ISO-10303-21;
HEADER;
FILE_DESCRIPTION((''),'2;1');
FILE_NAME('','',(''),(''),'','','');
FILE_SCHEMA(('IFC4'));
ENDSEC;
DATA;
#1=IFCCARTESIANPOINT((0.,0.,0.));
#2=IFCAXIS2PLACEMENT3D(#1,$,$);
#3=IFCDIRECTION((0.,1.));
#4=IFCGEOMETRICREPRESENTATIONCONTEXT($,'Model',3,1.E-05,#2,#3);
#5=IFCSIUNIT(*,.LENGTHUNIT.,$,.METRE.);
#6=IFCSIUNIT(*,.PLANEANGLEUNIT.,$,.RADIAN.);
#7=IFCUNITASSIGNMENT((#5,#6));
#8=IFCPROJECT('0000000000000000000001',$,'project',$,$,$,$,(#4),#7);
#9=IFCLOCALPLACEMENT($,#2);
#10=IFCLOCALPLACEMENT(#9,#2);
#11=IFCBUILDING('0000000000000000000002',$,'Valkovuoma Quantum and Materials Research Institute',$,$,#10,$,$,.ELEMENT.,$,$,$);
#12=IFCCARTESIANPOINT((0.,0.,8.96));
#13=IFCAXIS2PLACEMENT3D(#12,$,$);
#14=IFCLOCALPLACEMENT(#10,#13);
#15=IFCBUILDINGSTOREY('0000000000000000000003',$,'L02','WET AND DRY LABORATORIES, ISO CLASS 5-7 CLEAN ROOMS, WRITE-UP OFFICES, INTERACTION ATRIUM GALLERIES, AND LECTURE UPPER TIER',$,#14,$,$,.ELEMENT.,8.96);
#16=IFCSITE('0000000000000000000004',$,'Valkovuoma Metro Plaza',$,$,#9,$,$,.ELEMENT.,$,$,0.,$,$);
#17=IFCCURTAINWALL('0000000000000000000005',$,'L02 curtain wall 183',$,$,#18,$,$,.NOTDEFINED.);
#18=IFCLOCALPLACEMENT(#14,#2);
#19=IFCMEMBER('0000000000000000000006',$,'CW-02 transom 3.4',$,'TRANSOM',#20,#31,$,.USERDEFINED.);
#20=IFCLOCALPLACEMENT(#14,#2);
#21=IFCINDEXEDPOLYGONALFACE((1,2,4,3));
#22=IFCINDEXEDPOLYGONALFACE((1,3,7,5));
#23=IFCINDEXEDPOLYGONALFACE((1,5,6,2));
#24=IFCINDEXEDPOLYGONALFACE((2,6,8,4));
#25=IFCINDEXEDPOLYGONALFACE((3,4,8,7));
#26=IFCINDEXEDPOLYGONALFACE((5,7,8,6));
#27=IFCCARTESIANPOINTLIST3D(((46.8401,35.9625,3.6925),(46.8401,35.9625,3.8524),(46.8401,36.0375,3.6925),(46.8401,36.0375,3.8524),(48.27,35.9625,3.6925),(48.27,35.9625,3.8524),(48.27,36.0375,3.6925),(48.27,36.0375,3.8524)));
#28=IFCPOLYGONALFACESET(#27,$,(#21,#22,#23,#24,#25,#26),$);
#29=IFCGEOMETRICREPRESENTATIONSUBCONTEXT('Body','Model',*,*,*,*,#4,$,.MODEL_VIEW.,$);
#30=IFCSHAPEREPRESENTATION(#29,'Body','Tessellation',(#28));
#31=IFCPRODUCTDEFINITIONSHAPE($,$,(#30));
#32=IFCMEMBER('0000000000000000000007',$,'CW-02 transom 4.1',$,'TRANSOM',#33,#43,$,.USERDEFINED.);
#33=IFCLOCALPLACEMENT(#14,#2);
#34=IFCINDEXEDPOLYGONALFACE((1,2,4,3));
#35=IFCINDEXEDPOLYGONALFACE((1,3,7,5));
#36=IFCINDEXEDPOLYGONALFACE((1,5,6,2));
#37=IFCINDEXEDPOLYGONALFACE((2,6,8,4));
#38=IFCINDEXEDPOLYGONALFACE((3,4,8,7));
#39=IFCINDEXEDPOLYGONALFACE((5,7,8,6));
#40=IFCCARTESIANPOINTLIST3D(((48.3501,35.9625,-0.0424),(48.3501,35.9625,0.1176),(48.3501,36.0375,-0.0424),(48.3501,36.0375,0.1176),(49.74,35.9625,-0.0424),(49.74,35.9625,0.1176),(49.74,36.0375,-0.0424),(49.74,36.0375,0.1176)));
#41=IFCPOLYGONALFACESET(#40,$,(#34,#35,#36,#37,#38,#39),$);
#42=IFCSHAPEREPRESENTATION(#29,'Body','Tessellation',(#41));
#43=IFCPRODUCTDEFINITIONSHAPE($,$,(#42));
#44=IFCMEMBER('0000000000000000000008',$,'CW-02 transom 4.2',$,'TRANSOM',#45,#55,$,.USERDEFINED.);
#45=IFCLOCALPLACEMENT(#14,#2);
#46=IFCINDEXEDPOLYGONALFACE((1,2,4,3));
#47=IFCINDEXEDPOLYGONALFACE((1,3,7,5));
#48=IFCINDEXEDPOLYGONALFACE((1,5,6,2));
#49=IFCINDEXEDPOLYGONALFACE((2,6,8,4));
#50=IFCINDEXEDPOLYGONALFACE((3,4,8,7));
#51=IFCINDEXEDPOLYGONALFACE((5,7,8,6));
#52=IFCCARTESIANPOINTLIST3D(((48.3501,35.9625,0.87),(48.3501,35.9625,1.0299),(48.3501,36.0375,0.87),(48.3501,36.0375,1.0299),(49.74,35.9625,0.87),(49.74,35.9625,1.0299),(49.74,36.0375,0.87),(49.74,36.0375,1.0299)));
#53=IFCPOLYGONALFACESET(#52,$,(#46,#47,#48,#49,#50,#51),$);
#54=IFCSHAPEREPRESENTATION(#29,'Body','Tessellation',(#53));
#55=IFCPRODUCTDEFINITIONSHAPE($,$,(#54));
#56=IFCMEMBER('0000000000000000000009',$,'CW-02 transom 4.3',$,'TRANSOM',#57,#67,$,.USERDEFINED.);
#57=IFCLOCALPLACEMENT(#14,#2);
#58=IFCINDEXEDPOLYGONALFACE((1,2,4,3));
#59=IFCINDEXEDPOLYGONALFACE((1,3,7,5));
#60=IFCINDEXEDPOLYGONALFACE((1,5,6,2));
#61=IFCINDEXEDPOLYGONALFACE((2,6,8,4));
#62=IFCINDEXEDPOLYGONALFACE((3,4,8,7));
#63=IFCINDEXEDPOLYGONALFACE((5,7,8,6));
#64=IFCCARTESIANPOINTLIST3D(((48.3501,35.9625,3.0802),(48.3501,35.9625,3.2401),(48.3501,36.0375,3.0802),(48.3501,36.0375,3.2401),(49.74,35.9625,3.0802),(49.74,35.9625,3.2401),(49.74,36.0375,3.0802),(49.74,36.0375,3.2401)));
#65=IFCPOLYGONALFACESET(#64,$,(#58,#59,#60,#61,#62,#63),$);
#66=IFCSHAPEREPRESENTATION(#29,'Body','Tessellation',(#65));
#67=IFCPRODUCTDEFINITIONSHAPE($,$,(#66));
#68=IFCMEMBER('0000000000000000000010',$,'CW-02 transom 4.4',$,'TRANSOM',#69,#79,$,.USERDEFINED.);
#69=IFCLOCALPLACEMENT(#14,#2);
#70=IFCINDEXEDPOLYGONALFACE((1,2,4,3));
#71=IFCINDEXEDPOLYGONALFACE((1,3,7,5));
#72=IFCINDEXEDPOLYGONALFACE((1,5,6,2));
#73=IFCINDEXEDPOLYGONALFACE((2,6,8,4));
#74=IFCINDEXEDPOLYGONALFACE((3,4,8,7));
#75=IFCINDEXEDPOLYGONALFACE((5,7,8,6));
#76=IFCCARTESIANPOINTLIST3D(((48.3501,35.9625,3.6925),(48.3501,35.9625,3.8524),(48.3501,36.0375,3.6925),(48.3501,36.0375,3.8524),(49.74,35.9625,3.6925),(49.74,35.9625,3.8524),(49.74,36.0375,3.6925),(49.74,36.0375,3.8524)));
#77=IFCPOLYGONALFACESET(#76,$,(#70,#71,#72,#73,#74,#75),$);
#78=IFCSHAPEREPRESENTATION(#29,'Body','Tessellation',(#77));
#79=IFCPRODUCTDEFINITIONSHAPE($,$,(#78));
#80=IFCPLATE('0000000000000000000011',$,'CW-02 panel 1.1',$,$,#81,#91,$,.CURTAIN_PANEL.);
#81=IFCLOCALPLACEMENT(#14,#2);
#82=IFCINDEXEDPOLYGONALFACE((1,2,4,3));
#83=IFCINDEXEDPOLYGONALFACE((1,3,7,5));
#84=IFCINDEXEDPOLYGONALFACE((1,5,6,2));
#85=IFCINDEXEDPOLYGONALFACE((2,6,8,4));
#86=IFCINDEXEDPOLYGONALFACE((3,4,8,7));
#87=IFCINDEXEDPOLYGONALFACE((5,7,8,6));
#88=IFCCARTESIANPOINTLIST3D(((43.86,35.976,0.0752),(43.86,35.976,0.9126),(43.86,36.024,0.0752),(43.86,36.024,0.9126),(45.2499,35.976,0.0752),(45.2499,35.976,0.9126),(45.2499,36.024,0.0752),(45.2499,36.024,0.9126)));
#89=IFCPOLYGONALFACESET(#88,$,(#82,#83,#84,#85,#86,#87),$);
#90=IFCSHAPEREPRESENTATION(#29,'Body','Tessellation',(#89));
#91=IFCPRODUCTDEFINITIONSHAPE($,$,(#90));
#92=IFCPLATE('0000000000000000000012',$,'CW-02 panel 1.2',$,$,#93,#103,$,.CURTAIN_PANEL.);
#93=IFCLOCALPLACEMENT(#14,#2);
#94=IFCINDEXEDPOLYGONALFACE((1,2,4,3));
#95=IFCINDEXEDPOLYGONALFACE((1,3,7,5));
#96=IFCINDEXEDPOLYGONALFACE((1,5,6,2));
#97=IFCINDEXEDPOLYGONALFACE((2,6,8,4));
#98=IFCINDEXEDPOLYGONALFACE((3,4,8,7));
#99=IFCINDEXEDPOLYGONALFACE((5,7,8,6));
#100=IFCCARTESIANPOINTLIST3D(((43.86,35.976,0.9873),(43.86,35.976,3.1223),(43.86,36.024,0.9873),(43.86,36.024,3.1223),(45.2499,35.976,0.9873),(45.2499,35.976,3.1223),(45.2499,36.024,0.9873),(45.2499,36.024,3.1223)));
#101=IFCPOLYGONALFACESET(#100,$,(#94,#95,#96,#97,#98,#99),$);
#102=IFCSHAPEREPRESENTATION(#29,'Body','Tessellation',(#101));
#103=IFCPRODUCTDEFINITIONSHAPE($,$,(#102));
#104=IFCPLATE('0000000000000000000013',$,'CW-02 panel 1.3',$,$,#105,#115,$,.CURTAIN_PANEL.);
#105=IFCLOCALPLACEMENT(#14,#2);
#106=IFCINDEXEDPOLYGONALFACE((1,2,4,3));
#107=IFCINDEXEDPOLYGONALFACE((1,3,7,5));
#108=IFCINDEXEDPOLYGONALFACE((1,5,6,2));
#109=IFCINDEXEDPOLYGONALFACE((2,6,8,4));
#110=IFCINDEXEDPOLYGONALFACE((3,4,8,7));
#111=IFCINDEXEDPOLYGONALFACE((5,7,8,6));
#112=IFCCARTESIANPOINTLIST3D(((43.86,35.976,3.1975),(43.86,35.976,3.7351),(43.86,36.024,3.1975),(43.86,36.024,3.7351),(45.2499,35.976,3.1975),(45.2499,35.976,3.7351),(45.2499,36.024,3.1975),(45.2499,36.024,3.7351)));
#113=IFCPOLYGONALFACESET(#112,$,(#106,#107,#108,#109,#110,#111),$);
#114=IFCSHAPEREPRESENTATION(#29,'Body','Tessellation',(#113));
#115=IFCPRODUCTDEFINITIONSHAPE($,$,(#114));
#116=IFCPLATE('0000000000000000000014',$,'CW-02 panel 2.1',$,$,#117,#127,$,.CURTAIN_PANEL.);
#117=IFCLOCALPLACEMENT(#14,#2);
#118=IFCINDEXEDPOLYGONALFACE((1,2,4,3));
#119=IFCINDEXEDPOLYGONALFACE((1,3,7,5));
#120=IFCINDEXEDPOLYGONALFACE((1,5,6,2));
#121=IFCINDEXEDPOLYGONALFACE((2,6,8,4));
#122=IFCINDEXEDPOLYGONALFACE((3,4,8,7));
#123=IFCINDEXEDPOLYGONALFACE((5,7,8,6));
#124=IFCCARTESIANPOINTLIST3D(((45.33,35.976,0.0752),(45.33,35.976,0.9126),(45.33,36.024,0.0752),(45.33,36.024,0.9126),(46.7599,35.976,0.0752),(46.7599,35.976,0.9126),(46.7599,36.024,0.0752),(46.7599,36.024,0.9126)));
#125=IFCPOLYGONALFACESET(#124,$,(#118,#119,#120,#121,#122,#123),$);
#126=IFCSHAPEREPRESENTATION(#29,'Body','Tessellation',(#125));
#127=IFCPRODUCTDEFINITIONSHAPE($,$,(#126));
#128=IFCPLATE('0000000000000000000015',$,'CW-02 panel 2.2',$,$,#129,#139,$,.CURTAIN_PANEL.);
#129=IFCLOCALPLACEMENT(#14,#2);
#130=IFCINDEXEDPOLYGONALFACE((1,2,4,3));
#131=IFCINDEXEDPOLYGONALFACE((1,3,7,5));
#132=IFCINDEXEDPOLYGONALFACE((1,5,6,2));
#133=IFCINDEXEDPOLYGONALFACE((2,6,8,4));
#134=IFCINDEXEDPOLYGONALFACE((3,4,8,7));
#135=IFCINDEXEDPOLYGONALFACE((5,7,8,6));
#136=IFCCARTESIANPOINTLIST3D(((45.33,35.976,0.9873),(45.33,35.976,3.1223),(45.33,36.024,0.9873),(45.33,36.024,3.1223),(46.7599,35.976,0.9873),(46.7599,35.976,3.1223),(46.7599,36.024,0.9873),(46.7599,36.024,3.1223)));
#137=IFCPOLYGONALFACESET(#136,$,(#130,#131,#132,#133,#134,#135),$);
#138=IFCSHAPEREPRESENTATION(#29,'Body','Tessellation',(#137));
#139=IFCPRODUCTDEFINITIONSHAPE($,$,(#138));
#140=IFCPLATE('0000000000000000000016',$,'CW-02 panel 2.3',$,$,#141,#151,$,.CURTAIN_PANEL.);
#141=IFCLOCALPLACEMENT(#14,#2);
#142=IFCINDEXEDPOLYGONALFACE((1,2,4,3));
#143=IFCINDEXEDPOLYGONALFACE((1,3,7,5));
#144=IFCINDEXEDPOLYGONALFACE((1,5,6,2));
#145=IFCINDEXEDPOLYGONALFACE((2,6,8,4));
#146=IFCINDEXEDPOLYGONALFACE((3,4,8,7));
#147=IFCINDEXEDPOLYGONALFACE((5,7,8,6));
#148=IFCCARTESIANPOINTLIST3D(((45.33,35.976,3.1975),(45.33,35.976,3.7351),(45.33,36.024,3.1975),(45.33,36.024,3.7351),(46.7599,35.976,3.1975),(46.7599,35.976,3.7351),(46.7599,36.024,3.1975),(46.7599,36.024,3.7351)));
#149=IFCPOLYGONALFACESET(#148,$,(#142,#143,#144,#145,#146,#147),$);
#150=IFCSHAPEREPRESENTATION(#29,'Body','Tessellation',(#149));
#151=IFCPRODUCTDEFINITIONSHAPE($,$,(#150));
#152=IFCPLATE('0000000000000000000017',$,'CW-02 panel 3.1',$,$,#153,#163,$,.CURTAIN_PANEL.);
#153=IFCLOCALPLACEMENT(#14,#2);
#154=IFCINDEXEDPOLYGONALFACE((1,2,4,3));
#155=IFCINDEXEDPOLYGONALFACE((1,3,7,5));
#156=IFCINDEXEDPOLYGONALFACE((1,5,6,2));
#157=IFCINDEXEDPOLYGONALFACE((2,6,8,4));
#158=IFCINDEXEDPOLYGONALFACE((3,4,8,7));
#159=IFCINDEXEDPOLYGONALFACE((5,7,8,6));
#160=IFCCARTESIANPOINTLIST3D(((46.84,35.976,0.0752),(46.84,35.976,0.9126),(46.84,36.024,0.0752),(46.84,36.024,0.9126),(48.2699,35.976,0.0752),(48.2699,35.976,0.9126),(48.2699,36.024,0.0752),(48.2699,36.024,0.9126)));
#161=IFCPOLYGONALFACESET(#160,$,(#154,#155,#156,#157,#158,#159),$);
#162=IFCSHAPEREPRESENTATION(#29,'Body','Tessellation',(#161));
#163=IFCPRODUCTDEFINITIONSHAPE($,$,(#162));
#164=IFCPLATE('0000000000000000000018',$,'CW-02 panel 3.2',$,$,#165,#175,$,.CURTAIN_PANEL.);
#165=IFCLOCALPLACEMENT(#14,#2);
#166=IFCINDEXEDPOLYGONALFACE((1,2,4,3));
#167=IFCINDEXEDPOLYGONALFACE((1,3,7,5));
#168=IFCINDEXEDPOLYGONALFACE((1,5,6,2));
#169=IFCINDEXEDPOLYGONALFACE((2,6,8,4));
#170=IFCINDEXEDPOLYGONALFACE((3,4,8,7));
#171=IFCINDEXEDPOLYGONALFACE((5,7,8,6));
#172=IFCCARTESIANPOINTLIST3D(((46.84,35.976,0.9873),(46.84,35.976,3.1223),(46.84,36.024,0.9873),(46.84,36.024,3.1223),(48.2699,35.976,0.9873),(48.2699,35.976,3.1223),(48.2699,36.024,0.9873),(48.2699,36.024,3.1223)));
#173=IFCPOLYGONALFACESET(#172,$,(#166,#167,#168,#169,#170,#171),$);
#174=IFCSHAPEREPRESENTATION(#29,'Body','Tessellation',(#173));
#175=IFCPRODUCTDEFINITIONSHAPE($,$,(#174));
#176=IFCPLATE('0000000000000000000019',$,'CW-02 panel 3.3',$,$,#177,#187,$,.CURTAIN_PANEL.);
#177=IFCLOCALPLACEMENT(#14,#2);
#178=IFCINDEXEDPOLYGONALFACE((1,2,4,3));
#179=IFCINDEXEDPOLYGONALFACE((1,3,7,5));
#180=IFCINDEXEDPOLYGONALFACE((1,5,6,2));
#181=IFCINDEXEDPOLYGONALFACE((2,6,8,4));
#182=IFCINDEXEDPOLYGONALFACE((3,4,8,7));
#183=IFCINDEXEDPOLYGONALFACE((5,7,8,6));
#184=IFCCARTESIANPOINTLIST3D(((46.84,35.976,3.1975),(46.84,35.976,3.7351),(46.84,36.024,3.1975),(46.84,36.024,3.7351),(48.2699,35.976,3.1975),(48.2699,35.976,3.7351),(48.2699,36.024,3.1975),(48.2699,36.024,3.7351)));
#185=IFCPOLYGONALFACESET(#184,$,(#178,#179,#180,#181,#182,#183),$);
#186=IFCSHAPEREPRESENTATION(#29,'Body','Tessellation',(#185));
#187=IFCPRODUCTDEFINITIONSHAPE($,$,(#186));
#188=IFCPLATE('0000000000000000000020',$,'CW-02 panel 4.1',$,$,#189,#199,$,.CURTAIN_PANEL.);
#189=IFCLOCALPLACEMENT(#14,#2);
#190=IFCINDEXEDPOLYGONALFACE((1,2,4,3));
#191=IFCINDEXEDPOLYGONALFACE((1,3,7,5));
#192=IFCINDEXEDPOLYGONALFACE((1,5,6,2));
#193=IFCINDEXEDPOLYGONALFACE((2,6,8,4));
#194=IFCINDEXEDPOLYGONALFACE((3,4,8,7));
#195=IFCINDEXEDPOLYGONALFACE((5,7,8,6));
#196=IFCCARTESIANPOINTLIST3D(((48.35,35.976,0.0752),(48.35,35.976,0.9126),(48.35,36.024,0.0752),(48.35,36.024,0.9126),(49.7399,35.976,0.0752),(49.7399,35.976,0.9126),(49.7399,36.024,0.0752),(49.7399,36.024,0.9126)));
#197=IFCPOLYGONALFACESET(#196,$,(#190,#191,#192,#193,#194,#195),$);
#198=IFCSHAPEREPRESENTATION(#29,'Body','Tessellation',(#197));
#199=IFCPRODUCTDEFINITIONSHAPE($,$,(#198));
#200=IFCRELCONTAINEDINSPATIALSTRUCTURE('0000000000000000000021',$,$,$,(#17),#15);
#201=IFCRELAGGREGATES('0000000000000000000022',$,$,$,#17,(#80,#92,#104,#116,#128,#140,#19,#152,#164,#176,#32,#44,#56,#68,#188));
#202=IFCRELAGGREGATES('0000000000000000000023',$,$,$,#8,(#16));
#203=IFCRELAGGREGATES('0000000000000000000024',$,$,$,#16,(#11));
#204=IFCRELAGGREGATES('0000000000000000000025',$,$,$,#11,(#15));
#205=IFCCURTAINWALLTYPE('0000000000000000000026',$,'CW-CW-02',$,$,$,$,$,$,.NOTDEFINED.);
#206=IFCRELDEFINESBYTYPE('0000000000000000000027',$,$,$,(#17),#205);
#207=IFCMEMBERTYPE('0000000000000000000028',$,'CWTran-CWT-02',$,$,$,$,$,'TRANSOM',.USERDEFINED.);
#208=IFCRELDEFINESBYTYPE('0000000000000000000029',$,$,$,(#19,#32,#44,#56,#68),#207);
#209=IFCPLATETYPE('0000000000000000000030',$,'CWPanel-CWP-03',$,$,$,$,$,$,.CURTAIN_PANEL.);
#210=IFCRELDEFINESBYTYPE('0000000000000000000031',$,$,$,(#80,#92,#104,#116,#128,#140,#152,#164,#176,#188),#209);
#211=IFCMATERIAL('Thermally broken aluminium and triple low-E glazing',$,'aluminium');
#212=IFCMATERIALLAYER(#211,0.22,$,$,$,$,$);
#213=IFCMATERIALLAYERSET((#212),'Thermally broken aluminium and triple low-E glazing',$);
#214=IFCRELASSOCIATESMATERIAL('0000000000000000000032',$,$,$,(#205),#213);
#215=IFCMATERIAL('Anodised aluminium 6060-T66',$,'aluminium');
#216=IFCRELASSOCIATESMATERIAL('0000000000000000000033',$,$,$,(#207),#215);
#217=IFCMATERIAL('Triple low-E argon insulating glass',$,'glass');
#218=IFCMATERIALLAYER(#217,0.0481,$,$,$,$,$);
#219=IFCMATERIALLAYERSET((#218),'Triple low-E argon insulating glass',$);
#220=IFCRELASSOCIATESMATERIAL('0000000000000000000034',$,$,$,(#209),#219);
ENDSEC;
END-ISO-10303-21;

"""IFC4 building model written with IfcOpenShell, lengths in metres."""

from ifc_helpers import new_model, si_unit, direction, frame, origin, origin_2d, place, context, subcontext, project, spatial, rectangle, extrude, material, layer, layer_set, material_profile, profile_set, type_object, element, aggregate, save


model = new_model("IFC4")

# Units and contexts
model_context = context("Model", 3, precision=1e-05, world=origin(), true_north=direction((0.0, 1.0)))
body_context = subcontext(model_context, "Body", "Model", "MODEL_VIEW")
ifc_project = project(units=[si_unit("LENGTHUNIT", "METRE"), si_unit("PLANEANGLEUNIT", "RADIAN")], contexts=[model_context])

# Site, building, storey
site_placement = place(None, origin())
site = spatial("IfcSite", under=ifc_project, at=site_placement, Name="Valkovuoma Metro Plaza", CompositionType="ELEMENT", RefElevation=0.0)
building_placement = place(site_placement, origin())
building = spatial("IfcBuilding", under=site, at=building_placement, Name="Valkovuoma Quantum and Materials Research Institute", CompositionType="ELEMENT")
storey_placement = place(building_placement, frame((0.0, 0.0, 8.96)))
storey = spatial("IfcBuildingStorey", under=building, at=storey_placement, Name="L02", Description="WET AND DRY LABORATORIES, ISO CLASS 5-7 CLEAN ROOMS, WRITE-UP OFFICES, INTERACTION ATRIUM GALLERIES, AND LECTURE UPPER TIER", CompositionType="ELEMENT", Elevation=8.96)

# Curtain wall, members, plates
ifc_material_1 = material(Name="Thermally broken aluminium and triple low-E glazing", Category="aluminium")
ifc_layer_1 = layer(ifc_material_1, 0.22)
ifc_layer_set_1 = layer_set([ifc_layer_1], Name="Thermally broken aluminium and triple low-E glazing")
curtain_wall_type = type_object("IfcCurtainWallType", Name="CW-CW-02", PredefinedType="NOTDEFINED", material=ifc_layer_set_1)
curtain_wall_placement = place(storey_placement, origin())
curtain_wall = element("IfcCurtainWall", 1, at=curtain_wall_placement, inside=storey, type_object=curtain_wall_type, Name="L02 curtain wall 183", PredefinedType="NOTDEFINED")
ifc_material_2 = material(Name="Anodised aluminium 6060-T66", Category="aluminium")
ifc_material_profile_1 = material_profile(ifc_material_2, rectangle(XDim=0.075, YDim=0.1599, at=origin_2d()), Name="Anodised aluminium 6060-T66")
ifc_profile_set_1 = profile_set([ifc_material_profile_1], Name="Anodised aluminium 6060-T66")
member_type_1 = type_object("IfcMemberType", Name="CWTran-CWT-02", ElementType="TRANSOM", PredefinedType="USERDEFINED", material=ifc_profile_set_1)
member_1_placement = place(storey_placement, frame((46.8401, 36.0, 3.7725), z_axis=(1.0, 0.0, 0.0), x_axis=(0.0, 1.0, 0.0)))
member_1 = element("IfcMember", 2, at=member_1_placement, type_object=member_type_1, Name="CW-02 transom 3.4", ObjectType="TRANSOM", PredefinedType="USERDEFINED", context=body_context, shape_type="SweptSolid", body=[
    extrude(rectangle(XDim=0.075, YDim=0.1599, at=origin_2d()), origin(), (0.0, 0.0, 1.0), 1.4299),
])
member_2_placement = place(storey_placement, frame((48.3501, 36.0, 0.0376), z_axis=(1.0, 0.0, 0.0), x_axis=(0.0, 1.0, 0.0)))
member_2 = element("IfcMember", 3, at=member_2_placement, type_object=member_type_1, Name="CW-02 transom 4.1", ObjectType="TRANSOM", PredefinedType="USERDEFINED", context=body_context, shape_type="SweptSolid", body=[
    extrude(rectangle(XDim=0.075, YDim=0.1599, at=origin_2d()), origin(), (0.0, 0.0, 1.0), 1.3899),
])
member_3_placement = place(storey_placement, frame((48.3501, 36.0, 0.95), z_axis=(1.0, 0.0, 0.0), x_axis=(0.0, 1.0, 0.0)))
member_3 = element("IfcMember", 4, at=member_3_placement, type_object=member_type_1, Name="CW-02 transom 4.2", ObjectType="TRANSOM", PredefinedType="USERDEFINED", context=body_context, shape_type="SweptSolid", body=[
    extrude(rectangle(XDim=0.075, YDim=0.1599, at=origin_2d()), origin(), (0.0, 0.0, 1.0), 1.3899),
])
member_4_placement = place(storey_placement, frame((48.3501, 36.0, 3.1602), z_axis=(1.0, 0.0, 0.0), x_axis=(0.0, 1.0, 0.0)))
member_4 = element("IfcMember", 5, at=member_4_placement, type_object=member_type_1, Name="CW-02 transom 4.3", ObjectType="TRANSOM", PredefinedType="USERDEFINED", context=body_context, shape_type="SweptSolid", body=[
    extrude(rectangle(XDim=0.075, YDim=0.1599, at=origin_2d()), origin(), (0.0, 0.0, 1.0), 1.3899),
])
member_5_placement = place(storey_placement, frame((48.3501, 36.0, 3.7725), z_axis=(1.0, 0.0, 0.0), x_axis=(0.0, 1.0, 0.0)))
member_5 = element("IfcMember", 6, at=member_5_placement, type_object=member_type_1, Name="CW-02 transom 4.4", ObjectType="TRANSOM", PredefinedType="USERDEFINED", context=body_context, shape_type="SweptSolid", body=[
    extrude(rectangle(XDim=0.075, YDim=0.1599, at=origin_2d()), origin(), (0.0, 0.0, 1.0), 1.3899),
])
ifc_material_3 = material(Name="Triple low-E argon insulating glass", Category="glass")
ifc_layer_2 = layer(ifc_material_3, 0.0481)
ifc_layer_set_2 = layer_set([ifc_layer_2], Name="Triple low-E argon insulating glass")
plate_type_1 = type_object("IfcPlateType", Name="CWPanel-CWP-03", PredefinedType="CURTAIN_PANEL", material=ifc_layer_set_2)
plate_1_placement = place(storey_placement, frame((44.5549, 36.0, 0.0752), z_axis=(0.0, 0.0, 1.0), x_axis=(1.0, 0.0, 0.0)))
plate_1 = element("IfcPlate", 7, at=plate_1_placement, type_object=plate_type_1, Name="CW-02 panel 1.1", PredefinedType="CURTAIN_PANEL", context=body_context, shape_type="SweptSolid", body=[
    extrude(rectangle(XDim=1.3899, YDim=0.0481, at=origin_2d()), origin(), (0.0, 0.0, 1.0), 0.8374),
])
plate_2_placement = place(storey_placement, frame((44.5549, 36.0, 0.9873), z_axis=(0.0, 0.0, 1.0), x_axis=(1.0, 0.0, 0.0)))
plate_2 = element("IfcPlate", 8, at=plate_2_placement, type_object=plate_type_1, Name="CW-02 panel 1.2", PredefinedType="CURTAIN_PANEL", context=body_context, shape_type="SweptSolid", body=[
    extrude(rectangle(XDim=1.3899, YDim=0.0481, at=origin_2d()), origin(), (0.0, 0.0, 1.0), 2.135),
])
plate_3_placement = place(storey_placement, frame((44.5549, 36.0, 3.1975), z_axis=(0.0, 0.0, 1.0), x_axis=(1.0, 0.0, 0.0)))
plate_3 = element("IfcPlate", 9, at=plate_3_placement, type_object=plate_type_1, Name="CW-02 panel 1.3", PredefinedType="CURTAIN_PANEL", context=body_context, shape_type="SweptSolid", body=[
    extrude(rectangle(XDim=1.3899, YDim=0.0481, at=origin_2d()), origin(), (0.0, 0.0, 1.0), 0.5376),
])
plate_4_placement = place(storey_placement, frame((46.0449, 36.0, 0.0752), z_axis=(0.0, 0.0, 1.0), x_axis=(1.0, 0.0, 0.0)))
plate_4 = element("IfcPlate", 10, at=plate_4_placement, type_object=plate_type_1, Name="CW-02 panel 2.1", PredefinedType="CURTAIN_PANEL", context=body_context, shape_type="SweptSolid", body=[
    extrude(rectangle(XDim=1.4299, YDim=0.0481, at=origin_2d()), origin(), (0.0, 0.0, 1.0), 0.8374),
])
plate_5_placement = place(storey_placement, frame((46.0449, 36.0, 0.9873), z_axis=(0.0, 0.0, 1.0), x_axis=(1.0, 0.0, 0.0)))
plate_5 = element("IfcPlate", 11, at=plate_5_placement, type_object=plate_type_1, Name="CW-02 panel 2.2", PredefinedType="CURTAIN_PANEL", context=body_context, shape_type="SweptSolid", body=[
    extrude(rectangle(XDim=1.4299, YDim=0.0481, at=origin_2d()), origin(), (0.0, 0.0, 1.0), 2.135),
])
plate_6_placement = place(storey_placement, frame((46.0449, 36.0, 3.1975), z_axis=(0.0, 0.0, 1.0), x_axis=(1.0, 0.0, 0.0)))
plate_6 = element("IfcPlate", 12, at=plate_6_placement, type_object=plate_type_1, Name="CW-02 panel 2.3", PredefinedType="CURTAIN_PANEL", context=body_context, shape_type="SweptSolid", body=[
    extrude(rectangle(XDim=1.4299, YDim=0.0481, at=origin_2d()), origin(), (0.0, 0.0, 1.0), 0.5376),
])
plate_7_placement = place(storey_placement, frame((47.5549, 36.0, 0.0752), z_axis=(0.0, 0.0, 1.0), x_axis=(1.0, 0.0, 0.0)))
plate_7 = element("IfcPlate", 13, at=plate_7_placement, type_object=plate_type_1, Name="CW-02 panel 3.1", PredefinedType="CURTAIN_PANEL", context=body_context, shape_type="SweptSolid", body=[
    extrude(rectangle(XDim=1.4299, YDim=0.0481, at=origin_2d()), origin(), (0.0, 0.0, 1.0), 0.8374),
])
plate_8_placement = place(storey_placement, frame((47.5549, 36.0, 0.9873), z_axis=(0.0, 0.0, 1.0), x_axis=(1.0, 0.0, 0.0)))
plate_8 = element("IfcPlate", 14, at=plate_8_placement, type_object=plate_type_1, Name="CW-02 panel 3.2", PredefinedType="CURTAIN_PANEL", context=body_context, shape_type="SweptSolid", body=[
    extrude(rectangle(XDim=1.4299, YDim=0.0481, at=origin_2d()), origin(), (0.0, 0.0, 1.0), 2.135),
])
plate_9_placement = place(storey_placement, frame((47.5549, 36.0, 3.1975), z_axis=(0.0, 0.0, 1.0), x_axis=(1.0, 0.0, 0.0)))
plate_9 = element("IfcPlate", 15, at=plate_9_placement, type_object=plate_type_1, Name="CW-02 panel 3.3", PredefinedType="CURTAIN_PANEL", context=body_context, shape_type="SweptSolid", body=[
    extrude(rectangle(XDim=1.4299, YDim=0.0481, at=origin_2d()), origin(), (0.0, 0.0, 1.0), 0.5376),
])
plate_10_placement = place(storey_placement, frame((49.0449, 36.0, 0.0752), z_axis=(0.0, 0.0, 1.0), x_axis=(1.0, 0.0, 0.0)))
plate_10 = element("IfcPlate", 16, at=plate_10_placement, type_object=plate_type_1, Name="CW-02 panel 4.1", PredefinedType="CURTAIN_PANEL", context=body_context, shape_type="SweptSolid", body=[
    extrude(rectangle(XDim=1.3899, YDim=0.0481, at=origin_2d()), origin(), (0.0, 0.0, 1.0), 0.8374),
])
aggregate(curtain_wall, [plate_1, plate_2, plate_3, plate_4, plate_5, plate_6, member_1, plate_7, plate_8, plate_9, member_2, member_3, member_4, member_5, plate_10])

save(model, "model.ifc")
